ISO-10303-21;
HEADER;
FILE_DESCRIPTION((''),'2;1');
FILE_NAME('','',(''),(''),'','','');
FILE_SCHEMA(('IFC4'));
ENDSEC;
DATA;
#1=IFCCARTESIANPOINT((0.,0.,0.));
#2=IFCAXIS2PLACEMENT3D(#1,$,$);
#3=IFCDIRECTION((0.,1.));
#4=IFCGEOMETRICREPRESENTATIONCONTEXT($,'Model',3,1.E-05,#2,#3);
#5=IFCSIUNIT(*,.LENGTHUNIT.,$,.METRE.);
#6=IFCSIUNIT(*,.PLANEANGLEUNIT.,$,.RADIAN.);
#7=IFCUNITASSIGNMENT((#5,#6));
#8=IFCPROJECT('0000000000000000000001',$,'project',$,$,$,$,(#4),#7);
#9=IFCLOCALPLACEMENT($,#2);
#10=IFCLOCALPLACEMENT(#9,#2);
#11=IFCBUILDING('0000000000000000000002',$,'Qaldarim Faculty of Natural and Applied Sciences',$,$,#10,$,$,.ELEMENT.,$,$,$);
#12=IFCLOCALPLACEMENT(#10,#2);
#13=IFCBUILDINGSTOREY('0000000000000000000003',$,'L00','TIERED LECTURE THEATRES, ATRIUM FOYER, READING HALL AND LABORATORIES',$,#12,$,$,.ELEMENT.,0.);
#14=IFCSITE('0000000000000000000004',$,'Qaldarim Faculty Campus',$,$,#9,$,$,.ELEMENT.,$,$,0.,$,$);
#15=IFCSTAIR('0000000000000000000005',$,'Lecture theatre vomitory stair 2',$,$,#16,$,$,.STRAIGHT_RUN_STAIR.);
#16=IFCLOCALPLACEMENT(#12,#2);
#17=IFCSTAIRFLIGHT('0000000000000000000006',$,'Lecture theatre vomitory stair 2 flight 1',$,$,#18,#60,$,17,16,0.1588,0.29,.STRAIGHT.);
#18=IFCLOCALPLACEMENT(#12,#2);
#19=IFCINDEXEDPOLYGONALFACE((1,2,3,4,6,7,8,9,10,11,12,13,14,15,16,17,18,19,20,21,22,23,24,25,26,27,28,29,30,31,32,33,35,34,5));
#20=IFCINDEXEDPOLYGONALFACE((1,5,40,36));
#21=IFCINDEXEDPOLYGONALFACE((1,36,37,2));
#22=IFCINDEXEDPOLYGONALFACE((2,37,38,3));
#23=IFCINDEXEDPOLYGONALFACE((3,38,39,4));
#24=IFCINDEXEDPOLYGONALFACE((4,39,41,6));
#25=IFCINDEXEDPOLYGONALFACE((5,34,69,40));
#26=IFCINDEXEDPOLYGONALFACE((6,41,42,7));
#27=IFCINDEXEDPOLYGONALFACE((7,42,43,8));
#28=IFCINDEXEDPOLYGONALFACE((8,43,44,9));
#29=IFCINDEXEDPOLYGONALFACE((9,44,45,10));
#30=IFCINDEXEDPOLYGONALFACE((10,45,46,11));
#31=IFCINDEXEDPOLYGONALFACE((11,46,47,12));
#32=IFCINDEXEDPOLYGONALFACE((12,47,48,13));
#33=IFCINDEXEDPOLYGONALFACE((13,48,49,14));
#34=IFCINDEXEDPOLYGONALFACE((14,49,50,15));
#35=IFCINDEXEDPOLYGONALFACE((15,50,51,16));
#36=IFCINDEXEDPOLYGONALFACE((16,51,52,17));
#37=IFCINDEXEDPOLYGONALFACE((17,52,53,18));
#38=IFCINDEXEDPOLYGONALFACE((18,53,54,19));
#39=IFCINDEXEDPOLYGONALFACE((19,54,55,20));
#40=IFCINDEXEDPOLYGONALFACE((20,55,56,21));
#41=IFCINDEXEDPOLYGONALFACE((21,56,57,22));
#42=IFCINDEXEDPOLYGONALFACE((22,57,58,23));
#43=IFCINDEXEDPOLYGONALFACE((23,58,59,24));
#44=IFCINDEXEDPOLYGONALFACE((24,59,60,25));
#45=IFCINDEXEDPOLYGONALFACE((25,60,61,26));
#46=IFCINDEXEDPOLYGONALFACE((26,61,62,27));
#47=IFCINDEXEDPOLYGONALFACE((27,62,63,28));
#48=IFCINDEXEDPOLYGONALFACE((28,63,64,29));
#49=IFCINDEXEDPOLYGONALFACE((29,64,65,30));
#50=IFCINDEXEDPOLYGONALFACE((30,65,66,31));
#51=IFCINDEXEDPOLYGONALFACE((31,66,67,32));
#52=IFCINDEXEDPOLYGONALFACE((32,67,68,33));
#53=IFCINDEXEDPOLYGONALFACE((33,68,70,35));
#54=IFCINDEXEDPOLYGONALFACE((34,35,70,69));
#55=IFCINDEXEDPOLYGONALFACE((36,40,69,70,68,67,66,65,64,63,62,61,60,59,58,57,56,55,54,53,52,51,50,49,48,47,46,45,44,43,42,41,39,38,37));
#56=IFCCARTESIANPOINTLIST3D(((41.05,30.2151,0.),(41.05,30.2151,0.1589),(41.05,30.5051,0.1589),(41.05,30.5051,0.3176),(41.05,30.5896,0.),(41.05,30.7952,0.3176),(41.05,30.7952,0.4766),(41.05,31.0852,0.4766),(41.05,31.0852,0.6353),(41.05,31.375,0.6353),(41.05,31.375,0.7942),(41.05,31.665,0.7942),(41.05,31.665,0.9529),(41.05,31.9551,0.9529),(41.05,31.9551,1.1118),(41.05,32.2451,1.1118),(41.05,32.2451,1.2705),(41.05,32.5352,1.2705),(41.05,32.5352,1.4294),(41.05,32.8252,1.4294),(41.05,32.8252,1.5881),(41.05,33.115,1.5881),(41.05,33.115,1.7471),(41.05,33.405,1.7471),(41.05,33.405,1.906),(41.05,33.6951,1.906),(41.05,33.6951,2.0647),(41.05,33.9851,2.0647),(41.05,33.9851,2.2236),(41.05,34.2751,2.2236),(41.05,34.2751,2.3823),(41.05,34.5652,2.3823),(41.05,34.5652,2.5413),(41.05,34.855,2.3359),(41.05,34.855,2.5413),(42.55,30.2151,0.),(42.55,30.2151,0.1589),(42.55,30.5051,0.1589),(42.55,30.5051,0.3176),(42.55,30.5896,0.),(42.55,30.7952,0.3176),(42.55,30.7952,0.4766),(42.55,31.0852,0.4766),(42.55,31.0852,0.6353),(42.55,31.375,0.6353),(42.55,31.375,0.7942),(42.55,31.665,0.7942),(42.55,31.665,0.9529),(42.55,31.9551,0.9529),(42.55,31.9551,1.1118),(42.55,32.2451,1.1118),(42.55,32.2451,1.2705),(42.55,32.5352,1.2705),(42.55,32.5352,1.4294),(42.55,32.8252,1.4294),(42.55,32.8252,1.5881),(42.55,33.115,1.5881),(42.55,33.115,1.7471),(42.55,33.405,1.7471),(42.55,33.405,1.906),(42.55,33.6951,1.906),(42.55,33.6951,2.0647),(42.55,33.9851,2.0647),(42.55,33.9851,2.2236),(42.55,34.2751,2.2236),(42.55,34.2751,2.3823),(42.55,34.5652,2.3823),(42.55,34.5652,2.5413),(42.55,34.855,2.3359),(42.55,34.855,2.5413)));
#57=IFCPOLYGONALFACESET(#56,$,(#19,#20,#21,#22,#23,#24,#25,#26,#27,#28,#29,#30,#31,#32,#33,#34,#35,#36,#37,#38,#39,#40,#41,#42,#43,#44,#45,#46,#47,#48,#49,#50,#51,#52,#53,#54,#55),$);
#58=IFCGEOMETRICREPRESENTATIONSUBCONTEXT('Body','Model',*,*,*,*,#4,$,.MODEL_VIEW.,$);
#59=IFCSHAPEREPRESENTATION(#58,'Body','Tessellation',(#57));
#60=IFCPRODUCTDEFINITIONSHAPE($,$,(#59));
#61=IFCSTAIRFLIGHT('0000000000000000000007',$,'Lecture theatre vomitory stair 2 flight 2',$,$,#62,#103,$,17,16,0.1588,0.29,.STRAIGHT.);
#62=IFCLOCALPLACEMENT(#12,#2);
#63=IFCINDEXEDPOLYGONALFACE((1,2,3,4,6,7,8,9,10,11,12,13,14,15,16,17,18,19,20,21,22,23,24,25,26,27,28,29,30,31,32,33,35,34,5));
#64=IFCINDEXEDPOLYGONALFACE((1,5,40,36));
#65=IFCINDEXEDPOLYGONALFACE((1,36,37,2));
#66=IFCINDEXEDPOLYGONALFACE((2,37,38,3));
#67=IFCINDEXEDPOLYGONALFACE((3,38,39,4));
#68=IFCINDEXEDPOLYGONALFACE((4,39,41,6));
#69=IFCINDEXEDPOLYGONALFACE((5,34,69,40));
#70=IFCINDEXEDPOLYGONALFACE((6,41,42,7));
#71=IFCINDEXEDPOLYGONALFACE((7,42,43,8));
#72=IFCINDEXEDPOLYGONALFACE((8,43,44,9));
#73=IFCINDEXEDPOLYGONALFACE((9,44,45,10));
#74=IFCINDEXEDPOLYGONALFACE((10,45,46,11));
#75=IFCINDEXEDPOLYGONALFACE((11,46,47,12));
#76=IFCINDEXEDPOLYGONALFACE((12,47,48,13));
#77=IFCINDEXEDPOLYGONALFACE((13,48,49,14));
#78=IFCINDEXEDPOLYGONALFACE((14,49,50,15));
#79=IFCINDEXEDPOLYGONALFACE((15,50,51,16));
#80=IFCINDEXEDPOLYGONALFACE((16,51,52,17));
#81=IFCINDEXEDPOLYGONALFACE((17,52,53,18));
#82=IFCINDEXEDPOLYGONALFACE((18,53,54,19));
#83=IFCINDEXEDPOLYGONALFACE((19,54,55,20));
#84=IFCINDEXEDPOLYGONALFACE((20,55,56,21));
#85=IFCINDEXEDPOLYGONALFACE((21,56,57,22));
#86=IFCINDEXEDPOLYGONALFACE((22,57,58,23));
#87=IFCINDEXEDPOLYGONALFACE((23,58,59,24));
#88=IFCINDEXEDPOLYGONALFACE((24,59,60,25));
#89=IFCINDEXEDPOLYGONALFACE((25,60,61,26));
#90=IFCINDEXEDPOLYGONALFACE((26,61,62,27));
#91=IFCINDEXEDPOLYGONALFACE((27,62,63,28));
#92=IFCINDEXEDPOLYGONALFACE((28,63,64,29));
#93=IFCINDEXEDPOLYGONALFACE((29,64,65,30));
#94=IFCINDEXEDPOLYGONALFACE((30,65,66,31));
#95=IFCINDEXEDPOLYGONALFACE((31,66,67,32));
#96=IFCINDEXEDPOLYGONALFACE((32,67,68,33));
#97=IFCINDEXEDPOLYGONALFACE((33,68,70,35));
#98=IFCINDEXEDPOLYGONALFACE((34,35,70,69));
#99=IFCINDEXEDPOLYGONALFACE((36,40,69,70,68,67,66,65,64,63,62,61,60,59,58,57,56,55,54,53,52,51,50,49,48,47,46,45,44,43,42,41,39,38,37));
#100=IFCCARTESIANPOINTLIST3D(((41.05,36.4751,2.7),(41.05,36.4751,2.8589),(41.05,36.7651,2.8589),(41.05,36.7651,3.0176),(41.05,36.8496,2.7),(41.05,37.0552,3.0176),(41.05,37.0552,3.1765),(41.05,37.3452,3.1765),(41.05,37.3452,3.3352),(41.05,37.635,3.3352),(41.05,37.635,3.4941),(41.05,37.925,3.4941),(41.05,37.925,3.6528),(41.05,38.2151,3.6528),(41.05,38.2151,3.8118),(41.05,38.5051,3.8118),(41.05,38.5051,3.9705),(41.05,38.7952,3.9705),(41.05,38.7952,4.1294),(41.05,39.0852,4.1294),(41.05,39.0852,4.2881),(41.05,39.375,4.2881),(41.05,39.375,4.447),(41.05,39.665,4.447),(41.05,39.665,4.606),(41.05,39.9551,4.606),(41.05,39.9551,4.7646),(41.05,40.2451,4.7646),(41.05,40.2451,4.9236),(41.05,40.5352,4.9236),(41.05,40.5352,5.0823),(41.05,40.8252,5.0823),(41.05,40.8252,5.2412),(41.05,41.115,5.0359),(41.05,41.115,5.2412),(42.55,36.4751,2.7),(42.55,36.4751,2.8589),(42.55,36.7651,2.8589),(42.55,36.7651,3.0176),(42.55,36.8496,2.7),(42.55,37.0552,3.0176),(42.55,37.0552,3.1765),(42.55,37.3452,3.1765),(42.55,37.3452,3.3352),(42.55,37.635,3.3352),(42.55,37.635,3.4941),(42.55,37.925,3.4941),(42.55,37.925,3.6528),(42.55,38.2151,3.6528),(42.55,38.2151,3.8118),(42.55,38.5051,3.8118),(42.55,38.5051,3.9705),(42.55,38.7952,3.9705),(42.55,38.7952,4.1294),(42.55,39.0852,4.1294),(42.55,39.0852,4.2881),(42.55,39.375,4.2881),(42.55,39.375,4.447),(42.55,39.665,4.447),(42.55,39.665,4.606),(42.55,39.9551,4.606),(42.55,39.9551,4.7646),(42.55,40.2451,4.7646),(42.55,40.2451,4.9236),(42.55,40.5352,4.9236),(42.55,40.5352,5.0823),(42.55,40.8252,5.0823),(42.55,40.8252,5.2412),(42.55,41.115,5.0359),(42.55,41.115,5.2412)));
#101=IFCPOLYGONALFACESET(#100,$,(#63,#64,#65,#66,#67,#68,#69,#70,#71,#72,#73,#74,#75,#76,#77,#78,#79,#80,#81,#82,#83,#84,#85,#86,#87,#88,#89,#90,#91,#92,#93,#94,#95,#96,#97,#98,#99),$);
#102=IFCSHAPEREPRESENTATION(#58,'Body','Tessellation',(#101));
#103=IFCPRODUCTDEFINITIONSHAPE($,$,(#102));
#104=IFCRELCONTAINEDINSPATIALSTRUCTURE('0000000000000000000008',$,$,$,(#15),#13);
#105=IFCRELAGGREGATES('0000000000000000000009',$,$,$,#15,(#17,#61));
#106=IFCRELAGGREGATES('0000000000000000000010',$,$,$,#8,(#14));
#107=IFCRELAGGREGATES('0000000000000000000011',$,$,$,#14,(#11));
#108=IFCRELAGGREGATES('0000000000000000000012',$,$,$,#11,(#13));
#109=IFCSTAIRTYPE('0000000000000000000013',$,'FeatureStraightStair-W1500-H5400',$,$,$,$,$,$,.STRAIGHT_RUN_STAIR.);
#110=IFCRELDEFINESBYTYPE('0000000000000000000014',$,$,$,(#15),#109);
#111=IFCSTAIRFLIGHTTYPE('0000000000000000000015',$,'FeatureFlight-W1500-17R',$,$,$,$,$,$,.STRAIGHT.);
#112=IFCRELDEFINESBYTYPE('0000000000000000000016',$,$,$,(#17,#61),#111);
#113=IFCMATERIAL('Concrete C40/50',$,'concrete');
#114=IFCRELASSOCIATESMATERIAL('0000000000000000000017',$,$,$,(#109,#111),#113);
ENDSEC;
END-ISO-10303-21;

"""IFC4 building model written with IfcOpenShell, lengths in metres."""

from ifc_helpers import new_model, si_unit, direction, frame, origin, place, context, subcontext, project, spatial, polyline, outline, extrude, material, type_object, element, aggregate, save


model = new_model("IFC4")

# Units and contexts
model_context = context("Model", 3, precision=1e-05, world=origin(), true_north=direction((0.0, 1.0)))
body_context = subcontext(model_context, "Body", "Model", "MODEL_VIEW")
ifc_project = project(units=[si_unit("LENGTHUNIT", "METRE"), si_unit("PLANEANGLEUNIT", "RADIAN")], contexts=[model_context])

# Site, building, storey
site_placement = place(None, origin())
site = spatial("IfcSite", under=ifc_project, at=site_placement, Name="Qaldarim Faculty Campus", CompositionType="ELEMENT", RefElevation=0.0)
building_placement = place(site_placement, origin())
building = spatial("IfcBuilding", under=site, at=building_placement, Name="Qaldarim Faculty of Natural and Applied Sciences", CompositionType="ELEMENT")
storey_placement = place(building_placement, origin())
storey = spatial("IfcBuildingStorey", under=building, at=storey_placement, Name="L00", Description="TIERED LECTURE THEATRES, ATRIUM FOYER, READING HALL AND LABORATORIES", CompositionType="ELEMENT", Elevation=0.0)

# Shared definitions
ifc_material_1 = material(Name="Concrete C40/50", Category="concrete")

# Stair, stair flights
stair_type = type_object("IfcStairType", Name="FeatureStraightStair-W1500-H5400", PredefinedType="STRAIGHT_RUN_STAIR", material=ifc_material_1)
stair_placement = place(storey_placement, origin())
stair = element("IfcStair", 1, at=stair_placement, inside=storey, type_object=stair_type, Name="Lecture theatre vomitory stair 2", PredefinedType="STRAIGHT_RUN_STAIR")
stair_flight_type = type_object("IfcStairFlightType", Name="FeatureFlight-W1500-17R", PredefinedType="STRAIGHT", material=ifc_material_1)
stair_flight_1_placement = place(storey_placement, frame((41.8, 30.2151, 0.0), z_axis=(0.0, 0.0, 1.0), x_axis=(0.0, 1.0, 0.0)))
stair_flight_1 = element("IfcStairFlight", 2, at=stair_flight_1_placement, type_object=stair_flight_type, Name="Lecture theatre vomitory stair 2 flight 1", NumberOfRisers=17, NumberOfTreads=16, PredefinedType="STRAIGHT", RiserHeight=0.1588, TreadLength=0.29, context=body_context, shape_type="SweptSolid", body=[
    extrude(outline(polyline([(0.0, 0.0), (0.0, 0.1589), (0.29, 0.1589), (0.29, 0.3176), (0.5801, 0.3176), (0.5801, 0.4766), (0.8701, 0.4766), (0.8701, 0.6353), (1.1599, 0.6353), (1.1599, 0.7942), (1.45, 0.7942), (1.45, 0.9529), (1.74, 0.9529), (1.74, 1.1118), (2.03, 1.1118), (2.03, 1.2705), (2.3201, 1.2705), (2.3201, 1.4294), (2.6101, 1.4294), (2.6101, 1.5881), (2.8999, 1.5881), (2.8999, 1.7471), (3.1899, 1.7471), (3.1899, 1.906), (3.48, 1.906), (3.48, 2.0647), (3.77, 2.0647), (3.77, 2.2236), (4.0601, 2.2236), (4.0601, 2.3823), (4.3501, 2.3823), (4.3501, 2.5413), (4.6399, 2.5413), (4.6399, 2.7), (4.6399, 2.3359), (0.3745, 0.0), (0.0, 0.0)])), frame((0.0, 0.75, 0.0), z_axis=(0.0, -1.0, 0.0), x_axis=(1.0, 0.0, 0.0)), (0.0, 0.0, 1.0), 1.5),
])
stair_flight_2_placement = place(storey_placement, frame((41.8, 36.4751, 2.7), z_axis=(0.0, 0.0, 1.0), x_axis=(0.0, 1.0, 0.0)))
stair_flight_2 = element("IfcStairFlight", 3, at=stair_flight_2_placement, type_object=stair_flight_type, Name="Lecture theatre vomitory stair 2 flight 2", NumberOfRisers=17, NumberOfTreads=16, PredefinedType="STRAIGHT", RiserHeight=0.1588, TreadLength=0.29, context=body_context, shape_type="SweptSolid", body=[
    extrude(outline(polyline([(0.0, 0.0), (0.0, 0.1589), (0.29, 0.1589), (0.29, 0.3176), (0.5801, 0.3176), (0.5801, 0.4766), (0.8701, 0.4766), (0.8701, 0.6353), (1.1599, 0.6353), (1.1599, 0.7942), (1.45, 0.7942), (1.45, 0.9529), (1.74, 0.9529), (1.74, 1.1118), (2.03, 1.1118), (2.03, 1.2705), (2.3201, 1.2705), (2.3201, 1.4294), (2.6101, 1.4294), (2.6101, 1.5881), (2.8999, 1.5881), (2.8999, 1.7471), (3.1899, 1.7471), (3.1899, 1.906), (3.48, 1.906), (3.48, 2.0647), (3.77, 2.0647), (3.77, 2.2236), (4.0601, 2.2236), (4.0601, 2.3823), (4.3501, 2.3823), (4.3501, 2.5413), (4.6399, 2.5413), (4.6399, 2.7), (4.6399, 2.3359), (0.3745, 0.0), (0.0, 0.0)])), frame((0.0, 0.75, 0.0), z_axis=(0.0, -1.0, 0.0), x_axis=(1.0, 0.0, 0.0)), (0.0, 0.0, 1.0), 1.5),
])
aggregate(stair, [stair_flight_1, stair_flight_2])

save(model, "model.ifc")
